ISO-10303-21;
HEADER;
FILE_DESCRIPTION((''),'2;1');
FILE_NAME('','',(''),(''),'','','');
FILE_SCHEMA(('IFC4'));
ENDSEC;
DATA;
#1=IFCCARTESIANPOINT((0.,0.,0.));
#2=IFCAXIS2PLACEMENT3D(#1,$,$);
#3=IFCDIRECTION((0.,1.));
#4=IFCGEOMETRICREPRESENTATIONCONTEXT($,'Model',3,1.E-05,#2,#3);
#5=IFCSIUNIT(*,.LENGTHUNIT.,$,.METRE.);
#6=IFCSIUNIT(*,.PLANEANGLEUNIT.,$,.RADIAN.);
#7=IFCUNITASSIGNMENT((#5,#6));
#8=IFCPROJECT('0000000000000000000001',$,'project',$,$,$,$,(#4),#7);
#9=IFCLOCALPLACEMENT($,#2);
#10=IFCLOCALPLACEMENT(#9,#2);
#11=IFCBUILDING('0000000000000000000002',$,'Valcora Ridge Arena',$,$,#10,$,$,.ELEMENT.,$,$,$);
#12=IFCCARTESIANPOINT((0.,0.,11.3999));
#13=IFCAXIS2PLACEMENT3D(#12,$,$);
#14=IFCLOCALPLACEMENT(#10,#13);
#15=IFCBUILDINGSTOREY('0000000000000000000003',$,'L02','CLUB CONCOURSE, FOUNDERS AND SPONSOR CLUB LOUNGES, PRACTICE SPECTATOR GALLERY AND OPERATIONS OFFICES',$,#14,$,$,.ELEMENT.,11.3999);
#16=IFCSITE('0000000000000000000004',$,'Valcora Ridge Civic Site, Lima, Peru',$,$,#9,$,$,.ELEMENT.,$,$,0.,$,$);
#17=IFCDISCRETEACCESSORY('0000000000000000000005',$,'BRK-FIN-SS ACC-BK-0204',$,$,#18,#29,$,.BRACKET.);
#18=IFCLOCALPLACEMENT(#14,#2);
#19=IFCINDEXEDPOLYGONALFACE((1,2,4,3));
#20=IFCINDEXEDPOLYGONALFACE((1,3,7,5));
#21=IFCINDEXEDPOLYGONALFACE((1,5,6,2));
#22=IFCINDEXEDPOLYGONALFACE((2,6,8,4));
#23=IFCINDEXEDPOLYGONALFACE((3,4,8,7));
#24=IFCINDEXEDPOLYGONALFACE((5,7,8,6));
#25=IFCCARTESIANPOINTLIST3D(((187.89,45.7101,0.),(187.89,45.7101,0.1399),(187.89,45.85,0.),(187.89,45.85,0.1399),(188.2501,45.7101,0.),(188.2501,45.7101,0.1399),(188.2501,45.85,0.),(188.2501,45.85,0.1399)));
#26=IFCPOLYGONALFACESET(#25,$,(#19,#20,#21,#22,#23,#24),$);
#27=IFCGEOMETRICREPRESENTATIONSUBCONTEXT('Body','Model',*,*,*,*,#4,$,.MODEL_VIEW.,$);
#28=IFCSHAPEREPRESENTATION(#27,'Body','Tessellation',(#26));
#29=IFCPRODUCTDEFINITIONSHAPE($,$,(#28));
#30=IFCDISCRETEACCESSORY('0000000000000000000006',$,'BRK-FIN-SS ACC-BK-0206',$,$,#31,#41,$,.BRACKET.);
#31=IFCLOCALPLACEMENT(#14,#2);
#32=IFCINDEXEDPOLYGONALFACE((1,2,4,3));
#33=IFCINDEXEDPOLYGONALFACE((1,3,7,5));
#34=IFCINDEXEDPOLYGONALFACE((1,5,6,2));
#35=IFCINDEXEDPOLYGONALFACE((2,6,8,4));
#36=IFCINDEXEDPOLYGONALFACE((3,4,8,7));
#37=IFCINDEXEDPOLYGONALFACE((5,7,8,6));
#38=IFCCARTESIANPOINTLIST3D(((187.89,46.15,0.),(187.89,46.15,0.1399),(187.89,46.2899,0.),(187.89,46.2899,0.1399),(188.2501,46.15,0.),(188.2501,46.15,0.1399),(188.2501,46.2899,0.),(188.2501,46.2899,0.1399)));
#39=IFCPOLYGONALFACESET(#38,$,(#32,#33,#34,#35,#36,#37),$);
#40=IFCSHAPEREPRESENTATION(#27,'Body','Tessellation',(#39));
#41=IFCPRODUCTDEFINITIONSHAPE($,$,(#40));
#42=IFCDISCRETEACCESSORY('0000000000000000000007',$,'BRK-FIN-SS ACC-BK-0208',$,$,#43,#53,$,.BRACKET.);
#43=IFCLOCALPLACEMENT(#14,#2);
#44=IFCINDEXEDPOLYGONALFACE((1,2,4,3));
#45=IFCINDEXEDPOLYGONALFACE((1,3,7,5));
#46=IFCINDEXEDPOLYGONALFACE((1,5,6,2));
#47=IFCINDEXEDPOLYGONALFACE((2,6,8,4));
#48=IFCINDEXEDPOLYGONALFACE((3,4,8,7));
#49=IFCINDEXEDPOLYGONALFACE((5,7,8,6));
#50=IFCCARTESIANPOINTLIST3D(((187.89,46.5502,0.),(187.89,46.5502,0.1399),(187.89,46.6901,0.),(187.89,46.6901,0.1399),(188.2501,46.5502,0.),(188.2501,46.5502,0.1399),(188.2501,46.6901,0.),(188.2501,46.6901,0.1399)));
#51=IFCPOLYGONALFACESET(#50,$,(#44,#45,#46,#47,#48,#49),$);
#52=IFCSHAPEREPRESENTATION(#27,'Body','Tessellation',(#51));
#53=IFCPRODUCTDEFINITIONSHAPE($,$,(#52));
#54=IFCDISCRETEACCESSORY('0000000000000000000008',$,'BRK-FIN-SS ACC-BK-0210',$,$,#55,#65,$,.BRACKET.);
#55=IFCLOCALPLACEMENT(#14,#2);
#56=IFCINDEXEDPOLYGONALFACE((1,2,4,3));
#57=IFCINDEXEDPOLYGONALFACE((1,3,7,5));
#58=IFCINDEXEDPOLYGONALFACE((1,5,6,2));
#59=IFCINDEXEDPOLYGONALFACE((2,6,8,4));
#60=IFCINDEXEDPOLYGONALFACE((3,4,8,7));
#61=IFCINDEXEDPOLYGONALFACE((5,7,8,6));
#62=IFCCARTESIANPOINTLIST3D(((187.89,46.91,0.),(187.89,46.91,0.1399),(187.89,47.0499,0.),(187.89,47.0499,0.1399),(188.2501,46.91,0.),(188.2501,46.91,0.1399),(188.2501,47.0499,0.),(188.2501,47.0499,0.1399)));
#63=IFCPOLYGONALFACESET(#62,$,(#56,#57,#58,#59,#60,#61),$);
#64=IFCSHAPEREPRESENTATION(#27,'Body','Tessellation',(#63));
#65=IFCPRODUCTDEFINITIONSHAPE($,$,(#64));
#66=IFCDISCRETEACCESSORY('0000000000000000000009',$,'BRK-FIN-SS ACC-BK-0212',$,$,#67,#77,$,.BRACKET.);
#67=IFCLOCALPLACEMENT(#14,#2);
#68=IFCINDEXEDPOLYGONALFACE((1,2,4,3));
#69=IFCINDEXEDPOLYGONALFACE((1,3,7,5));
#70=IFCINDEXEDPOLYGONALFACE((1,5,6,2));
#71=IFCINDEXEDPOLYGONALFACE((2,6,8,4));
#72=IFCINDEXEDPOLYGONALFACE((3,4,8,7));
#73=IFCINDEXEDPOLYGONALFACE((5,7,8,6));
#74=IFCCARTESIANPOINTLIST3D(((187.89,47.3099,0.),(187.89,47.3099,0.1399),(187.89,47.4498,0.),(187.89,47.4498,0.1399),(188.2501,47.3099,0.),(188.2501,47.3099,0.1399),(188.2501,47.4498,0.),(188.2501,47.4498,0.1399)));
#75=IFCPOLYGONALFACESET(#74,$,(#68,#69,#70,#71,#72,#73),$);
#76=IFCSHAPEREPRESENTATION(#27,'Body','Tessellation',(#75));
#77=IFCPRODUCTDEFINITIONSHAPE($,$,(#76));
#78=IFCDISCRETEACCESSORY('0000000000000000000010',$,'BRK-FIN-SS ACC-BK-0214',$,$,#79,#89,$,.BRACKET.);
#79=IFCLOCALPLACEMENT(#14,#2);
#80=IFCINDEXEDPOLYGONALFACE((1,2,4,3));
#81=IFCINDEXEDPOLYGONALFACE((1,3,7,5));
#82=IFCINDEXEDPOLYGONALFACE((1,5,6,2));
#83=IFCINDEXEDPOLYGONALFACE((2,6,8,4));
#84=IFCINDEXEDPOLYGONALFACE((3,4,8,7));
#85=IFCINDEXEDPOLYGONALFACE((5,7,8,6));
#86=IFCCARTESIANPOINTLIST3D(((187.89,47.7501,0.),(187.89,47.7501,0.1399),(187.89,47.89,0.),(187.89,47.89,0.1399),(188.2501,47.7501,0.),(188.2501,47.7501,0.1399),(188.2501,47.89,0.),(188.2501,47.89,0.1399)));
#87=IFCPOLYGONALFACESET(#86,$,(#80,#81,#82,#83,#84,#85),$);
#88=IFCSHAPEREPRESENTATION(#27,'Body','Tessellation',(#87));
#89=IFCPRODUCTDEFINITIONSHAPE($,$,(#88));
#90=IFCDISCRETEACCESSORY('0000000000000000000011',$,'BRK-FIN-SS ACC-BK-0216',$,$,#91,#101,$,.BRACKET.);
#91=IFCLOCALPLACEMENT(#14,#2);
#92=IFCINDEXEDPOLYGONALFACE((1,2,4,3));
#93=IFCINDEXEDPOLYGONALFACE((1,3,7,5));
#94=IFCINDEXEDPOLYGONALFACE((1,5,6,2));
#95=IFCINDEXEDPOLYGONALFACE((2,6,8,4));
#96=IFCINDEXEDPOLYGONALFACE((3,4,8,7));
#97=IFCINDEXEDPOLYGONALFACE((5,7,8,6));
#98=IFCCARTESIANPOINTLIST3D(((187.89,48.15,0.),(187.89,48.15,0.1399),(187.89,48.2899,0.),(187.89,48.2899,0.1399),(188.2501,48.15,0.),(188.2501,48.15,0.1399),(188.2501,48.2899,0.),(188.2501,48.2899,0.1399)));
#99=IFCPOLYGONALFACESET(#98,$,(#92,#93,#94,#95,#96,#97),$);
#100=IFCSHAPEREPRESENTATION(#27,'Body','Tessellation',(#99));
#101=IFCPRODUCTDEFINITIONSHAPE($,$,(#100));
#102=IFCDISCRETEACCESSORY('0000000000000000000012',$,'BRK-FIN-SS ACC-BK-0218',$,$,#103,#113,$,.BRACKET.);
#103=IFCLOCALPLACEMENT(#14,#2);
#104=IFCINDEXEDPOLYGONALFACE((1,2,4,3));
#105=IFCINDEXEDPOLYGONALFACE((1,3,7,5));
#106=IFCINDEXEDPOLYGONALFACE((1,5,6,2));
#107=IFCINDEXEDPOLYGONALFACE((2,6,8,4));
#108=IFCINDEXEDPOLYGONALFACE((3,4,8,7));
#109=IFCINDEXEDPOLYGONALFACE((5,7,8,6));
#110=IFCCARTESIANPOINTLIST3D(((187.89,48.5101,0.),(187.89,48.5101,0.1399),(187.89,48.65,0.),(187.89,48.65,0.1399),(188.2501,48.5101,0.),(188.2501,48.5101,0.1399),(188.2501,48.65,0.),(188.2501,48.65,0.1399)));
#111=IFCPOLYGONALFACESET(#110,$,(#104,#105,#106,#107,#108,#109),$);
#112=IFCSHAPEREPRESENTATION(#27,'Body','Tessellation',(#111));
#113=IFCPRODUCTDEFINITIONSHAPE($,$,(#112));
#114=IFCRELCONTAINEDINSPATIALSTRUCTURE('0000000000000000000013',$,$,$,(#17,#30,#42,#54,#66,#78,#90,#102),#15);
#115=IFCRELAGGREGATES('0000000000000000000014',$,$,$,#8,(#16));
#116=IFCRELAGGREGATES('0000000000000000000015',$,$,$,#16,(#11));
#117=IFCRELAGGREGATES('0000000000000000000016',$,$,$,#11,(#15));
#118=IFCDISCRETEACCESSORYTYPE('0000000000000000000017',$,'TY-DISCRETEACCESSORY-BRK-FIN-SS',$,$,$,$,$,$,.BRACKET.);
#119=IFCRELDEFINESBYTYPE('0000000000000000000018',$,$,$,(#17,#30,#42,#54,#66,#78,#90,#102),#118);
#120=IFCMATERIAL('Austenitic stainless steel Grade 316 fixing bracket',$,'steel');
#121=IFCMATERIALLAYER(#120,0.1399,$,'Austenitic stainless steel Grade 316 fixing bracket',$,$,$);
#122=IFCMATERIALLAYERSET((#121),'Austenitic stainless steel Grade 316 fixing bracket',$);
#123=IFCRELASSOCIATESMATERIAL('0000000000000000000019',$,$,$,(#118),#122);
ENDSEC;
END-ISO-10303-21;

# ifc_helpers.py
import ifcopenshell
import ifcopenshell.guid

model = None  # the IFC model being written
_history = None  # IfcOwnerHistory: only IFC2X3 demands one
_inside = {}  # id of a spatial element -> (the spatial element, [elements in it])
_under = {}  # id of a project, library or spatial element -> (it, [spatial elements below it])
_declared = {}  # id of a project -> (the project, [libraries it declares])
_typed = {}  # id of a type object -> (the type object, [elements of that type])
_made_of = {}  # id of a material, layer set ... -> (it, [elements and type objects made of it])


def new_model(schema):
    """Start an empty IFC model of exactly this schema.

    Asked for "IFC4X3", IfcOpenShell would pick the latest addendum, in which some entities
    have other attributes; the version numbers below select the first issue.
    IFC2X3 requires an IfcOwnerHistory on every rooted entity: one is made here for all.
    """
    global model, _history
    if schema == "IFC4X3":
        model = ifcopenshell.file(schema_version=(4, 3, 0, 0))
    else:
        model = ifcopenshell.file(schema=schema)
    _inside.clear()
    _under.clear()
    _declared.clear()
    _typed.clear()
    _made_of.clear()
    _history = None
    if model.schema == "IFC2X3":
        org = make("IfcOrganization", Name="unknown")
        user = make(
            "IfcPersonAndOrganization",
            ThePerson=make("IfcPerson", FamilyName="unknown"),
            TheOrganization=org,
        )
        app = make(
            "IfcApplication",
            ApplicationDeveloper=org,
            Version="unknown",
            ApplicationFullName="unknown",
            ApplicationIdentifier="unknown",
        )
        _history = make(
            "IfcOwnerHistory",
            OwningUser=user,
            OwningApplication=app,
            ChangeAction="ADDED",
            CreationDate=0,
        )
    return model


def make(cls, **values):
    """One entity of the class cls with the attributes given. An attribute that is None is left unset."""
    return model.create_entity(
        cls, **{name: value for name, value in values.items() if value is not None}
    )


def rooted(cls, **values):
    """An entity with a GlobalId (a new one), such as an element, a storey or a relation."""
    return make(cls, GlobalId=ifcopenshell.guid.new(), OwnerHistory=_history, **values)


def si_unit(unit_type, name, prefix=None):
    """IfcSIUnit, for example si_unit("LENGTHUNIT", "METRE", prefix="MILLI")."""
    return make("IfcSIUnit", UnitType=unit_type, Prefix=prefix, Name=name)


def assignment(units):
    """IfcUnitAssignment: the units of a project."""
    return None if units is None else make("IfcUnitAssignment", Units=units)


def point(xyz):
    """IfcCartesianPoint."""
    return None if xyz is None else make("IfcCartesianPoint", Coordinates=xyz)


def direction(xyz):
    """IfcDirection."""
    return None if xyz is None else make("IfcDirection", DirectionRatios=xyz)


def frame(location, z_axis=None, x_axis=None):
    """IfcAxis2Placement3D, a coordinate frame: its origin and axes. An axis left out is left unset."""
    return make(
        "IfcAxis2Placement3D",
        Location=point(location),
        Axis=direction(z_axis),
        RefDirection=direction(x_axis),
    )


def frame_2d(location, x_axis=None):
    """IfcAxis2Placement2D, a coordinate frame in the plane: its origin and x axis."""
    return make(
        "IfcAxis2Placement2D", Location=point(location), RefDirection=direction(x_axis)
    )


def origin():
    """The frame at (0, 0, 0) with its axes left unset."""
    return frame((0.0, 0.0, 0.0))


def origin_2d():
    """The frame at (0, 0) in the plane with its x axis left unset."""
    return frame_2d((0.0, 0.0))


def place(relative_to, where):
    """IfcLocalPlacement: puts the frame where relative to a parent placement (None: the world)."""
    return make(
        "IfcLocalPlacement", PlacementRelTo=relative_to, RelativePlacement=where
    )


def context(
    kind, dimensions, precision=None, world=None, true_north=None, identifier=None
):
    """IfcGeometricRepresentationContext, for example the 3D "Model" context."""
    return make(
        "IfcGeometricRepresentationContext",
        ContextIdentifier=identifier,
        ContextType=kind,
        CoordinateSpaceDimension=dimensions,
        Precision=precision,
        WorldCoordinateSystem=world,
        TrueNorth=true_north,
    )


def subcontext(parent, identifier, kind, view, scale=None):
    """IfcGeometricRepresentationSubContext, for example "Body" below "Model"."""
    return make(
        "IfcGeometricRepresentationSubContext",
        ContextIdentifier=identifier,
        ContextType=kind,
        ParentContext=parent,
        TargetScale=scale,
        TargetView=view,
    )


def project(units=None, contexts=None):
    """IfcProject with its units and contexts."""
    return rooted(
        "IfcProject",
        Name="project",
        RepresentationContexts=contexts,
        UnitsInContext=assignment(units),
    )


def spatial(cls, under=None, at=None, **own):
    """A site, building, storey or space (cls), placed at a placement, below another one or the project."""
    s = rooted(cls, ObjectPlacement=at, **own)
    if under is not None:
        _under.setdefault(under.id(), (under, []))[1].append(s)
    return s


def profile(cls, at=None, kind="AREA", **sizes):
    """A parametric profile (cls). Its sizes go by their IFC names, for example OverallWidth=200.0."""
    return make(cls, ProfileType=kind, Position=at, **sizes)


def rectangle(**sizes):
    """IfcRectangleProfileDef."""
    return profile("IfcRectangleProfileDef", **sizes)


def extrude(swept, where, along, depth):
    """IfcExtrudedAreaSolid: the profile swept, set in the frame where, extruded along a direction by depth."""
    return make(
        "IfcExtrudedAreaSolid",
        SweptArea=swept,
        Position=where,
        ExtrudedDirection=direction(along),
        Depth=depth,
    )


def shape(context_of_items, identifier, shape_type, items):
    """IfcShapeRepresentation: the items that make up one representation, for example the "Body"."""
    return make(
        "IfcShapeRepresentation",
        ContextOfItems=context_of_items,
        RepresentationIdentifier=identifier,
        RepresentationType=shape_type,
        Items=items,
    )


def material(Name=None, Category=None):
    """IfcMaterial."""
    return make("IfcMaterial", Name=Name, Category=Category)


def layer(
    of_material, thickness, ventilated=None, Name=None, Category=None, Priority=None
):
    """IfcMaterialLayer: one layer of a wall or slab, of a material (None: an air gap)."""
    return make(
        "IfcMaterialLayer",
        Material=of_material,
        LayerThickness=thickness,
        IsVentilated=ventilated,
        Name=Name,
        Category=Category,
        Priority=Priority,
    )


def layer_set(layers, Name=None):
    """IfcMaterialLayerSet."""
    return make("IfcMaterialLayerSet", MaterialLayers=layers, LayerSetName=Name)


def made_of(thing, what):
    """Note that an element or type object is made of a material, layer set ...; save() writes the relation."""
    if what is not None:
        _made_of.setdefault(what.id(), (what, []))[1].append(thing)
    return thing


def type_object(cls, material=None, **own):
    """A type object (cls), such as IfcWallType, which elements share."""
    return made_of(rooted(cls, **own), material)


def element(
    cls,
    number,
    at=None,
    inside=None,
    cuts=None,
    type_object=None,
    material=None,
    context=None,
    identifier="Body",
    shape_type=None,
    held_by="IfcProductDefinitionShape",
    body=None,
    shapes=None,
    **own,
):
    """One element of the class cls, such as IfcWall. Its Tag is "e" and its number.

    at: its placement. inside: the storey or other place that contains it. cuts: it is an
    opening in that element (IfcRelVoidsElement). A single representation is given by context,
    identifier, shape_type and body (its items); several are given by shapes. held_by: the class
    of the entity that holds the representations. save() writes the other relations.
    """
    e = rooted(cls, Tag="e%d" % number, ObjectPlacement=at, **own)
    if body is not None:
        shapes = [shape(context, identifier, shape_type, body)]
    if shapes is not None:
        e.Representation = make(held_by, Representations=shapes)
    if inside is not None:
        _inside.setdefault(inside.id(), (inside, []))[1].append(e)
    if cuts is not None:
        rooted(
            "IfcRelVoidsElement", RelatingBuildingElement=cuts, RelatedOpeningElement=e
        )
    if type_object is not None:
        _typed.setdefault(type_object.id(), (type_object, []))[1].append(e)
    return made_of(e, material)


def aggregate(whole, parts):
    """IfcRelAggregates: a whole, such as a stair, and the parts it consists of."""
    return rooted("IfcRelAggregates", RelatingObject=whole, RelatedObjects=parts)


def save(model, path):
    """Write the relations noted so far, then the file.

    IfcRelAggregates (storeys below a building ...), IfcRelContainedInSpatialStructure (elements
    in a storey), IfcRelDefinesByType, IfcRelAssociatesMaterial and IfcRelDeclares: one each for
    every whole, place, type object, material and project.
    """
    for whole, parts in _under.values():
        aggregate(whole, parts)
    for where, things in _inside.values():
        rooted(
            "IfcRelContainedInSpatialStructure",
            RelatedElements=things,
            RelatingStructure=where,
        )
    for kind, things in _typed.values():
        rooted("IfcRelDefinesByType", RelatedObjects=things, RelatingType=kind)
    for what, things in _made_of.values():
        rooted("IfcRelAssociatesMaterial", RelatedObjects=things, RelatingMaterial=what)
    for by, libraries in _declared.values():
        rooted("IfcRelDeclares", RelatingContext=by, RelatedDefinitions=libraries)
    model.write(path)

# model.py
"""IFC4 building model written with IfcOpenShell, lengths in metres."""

from ifc_helpers import new_model, si_unit, direction, frame, origin, origin_2d, place, context, subcontext, project, spatial, rectangle, extrude, material, layer, layer_set, type_object, element, save


model = new_model("IFC4")

# Units and contexts
model_context = context("Model", 3, precision=1e-05, world=origin(), true_north=direction((0.0, 1.0)))
body_context = subcontext(model_context, "Body", "Model", "MODEL_VIEW")
ifc_project = project(units=[si_unit("LENGTHUNIT", "METRE"), si_unit("PLANEANGLEUNIT", "RADIAN")], contexts=[model_context])

# Site, building, storey
site_placement = place(None, origin())
site = spatial("IfcSite", under=ifc_project, at=site_placement, Name="Valcora Ridge Civic Site, Lima, Peru", CompositionType="ELEMENT", RefElevation=0.0)
building_placement = place(site_placement, origin())
building = spatial("IfcBuilding", under=site, at=building_placement, Name="Valcora Ridge Arena", CompositionType="ELEMENT")
storey_placement = place(building_placement, frame((0.0, 0.0, 11.3999)))
storey = spatial("IfcBuildingStorey", under=building, at=storey_placement, Name="L02", Description="CLUB CONCOURSE, FOUNDERS AND SPONSOR CLUB LOUNGES, PRACTICE SPECTATOR GALLERY AND OPERATIONS OFFICES", CompositionType="ELEMENT", Elevation=11.3999)

# Discrete accessories
ifc_material_1 = material(Name="Austenitic stainless steel Grade 316 fixing bracket", Category="steel")
ifc_layer_1 = layer(ifc_material_1, 0.1399, Name="Austenitic stainless steel Grade 316 fixing bracket")
ifc_layer_set_1 = layer_set([ifc_layer_1], Name="Austenitic stainless steel Grade 316 fixing bracket")
discrete_accessory_type = type_object("IfcDiscreteAccessoryType", Name="TY-DISCRETEACCESSORY-BRK-FIN-SS", PredefinedType="BRACKET", material=ifc_layer_set_1)
for number, where, z_axis, x_axis, name in (
    (1, (188.0701, 45.78, 0.0), (0.0, 0.0, 1.0), (1.0, 0.0, 0.0), "BRK-FIN-SS ACC-BK-0204"),
    (2, (188.0701, 46.22, 0.0), (0.0, 0.0, 1.0), (1.0, 0.0, 0.0), "BRK-FIN-SS ACC-BK-0206"),
    (3, (188.0701, 46.6201, 0.0), (0.0, 0.0, 1.0), (1.0, 0.0, 0.0), "BRK-FIN-SS ACC-BK-0208"),
    (4, (188.0701, 46.98, 0.0), (0.0, 0.0, 1.0), (1.0, 0.0, 0.0), "BRK-FIN-SS ACC-BK-0210"),
    (5, (188.0701, 47.3799, 0.0), (0.0, 0.0, 1.0), (1.0, 0.0, 0.0), "BRK-FIN-SS ACC-BK-0212"),
    (6, (188.0701, 47.8201, 0.0), (0.0, 0.0, 1.0), (1.0, 0.0, 0.0), "BRK-FIN-SS ACC-BK-0214"),
    (7, (188.0701, 48.22, 0.0), (0.0, 0.0, 1.0), (1.0, 0.0, 0.0), "BRK-FIN-SS ACC-BK-0216"),
    (8, (188.0701, 48.5801, 0.0), (0.0, 0.0, 1.0), (1.0, 0.0, 0.0), "BRK-FIN-SS ACC-BK-0218"),
):
    element("IfcDiscreteAccessory", number, at=place(storey_placement, frame(where, z_axis=z_axis, x_axis=x_axis)), inside=storey, type_object=discrete_accessory_type, Name=name, PredefinedType="BRACKET", context=body_context, shape_type="SweptSolid", body=[
        extrude(rectangle(XDim=0.3601, YDim=0.1399, at=origin_2d()), origin(), (0.0, 0.0, 1.0), 0.1399),
    ])

save(model, "model.ifc")
